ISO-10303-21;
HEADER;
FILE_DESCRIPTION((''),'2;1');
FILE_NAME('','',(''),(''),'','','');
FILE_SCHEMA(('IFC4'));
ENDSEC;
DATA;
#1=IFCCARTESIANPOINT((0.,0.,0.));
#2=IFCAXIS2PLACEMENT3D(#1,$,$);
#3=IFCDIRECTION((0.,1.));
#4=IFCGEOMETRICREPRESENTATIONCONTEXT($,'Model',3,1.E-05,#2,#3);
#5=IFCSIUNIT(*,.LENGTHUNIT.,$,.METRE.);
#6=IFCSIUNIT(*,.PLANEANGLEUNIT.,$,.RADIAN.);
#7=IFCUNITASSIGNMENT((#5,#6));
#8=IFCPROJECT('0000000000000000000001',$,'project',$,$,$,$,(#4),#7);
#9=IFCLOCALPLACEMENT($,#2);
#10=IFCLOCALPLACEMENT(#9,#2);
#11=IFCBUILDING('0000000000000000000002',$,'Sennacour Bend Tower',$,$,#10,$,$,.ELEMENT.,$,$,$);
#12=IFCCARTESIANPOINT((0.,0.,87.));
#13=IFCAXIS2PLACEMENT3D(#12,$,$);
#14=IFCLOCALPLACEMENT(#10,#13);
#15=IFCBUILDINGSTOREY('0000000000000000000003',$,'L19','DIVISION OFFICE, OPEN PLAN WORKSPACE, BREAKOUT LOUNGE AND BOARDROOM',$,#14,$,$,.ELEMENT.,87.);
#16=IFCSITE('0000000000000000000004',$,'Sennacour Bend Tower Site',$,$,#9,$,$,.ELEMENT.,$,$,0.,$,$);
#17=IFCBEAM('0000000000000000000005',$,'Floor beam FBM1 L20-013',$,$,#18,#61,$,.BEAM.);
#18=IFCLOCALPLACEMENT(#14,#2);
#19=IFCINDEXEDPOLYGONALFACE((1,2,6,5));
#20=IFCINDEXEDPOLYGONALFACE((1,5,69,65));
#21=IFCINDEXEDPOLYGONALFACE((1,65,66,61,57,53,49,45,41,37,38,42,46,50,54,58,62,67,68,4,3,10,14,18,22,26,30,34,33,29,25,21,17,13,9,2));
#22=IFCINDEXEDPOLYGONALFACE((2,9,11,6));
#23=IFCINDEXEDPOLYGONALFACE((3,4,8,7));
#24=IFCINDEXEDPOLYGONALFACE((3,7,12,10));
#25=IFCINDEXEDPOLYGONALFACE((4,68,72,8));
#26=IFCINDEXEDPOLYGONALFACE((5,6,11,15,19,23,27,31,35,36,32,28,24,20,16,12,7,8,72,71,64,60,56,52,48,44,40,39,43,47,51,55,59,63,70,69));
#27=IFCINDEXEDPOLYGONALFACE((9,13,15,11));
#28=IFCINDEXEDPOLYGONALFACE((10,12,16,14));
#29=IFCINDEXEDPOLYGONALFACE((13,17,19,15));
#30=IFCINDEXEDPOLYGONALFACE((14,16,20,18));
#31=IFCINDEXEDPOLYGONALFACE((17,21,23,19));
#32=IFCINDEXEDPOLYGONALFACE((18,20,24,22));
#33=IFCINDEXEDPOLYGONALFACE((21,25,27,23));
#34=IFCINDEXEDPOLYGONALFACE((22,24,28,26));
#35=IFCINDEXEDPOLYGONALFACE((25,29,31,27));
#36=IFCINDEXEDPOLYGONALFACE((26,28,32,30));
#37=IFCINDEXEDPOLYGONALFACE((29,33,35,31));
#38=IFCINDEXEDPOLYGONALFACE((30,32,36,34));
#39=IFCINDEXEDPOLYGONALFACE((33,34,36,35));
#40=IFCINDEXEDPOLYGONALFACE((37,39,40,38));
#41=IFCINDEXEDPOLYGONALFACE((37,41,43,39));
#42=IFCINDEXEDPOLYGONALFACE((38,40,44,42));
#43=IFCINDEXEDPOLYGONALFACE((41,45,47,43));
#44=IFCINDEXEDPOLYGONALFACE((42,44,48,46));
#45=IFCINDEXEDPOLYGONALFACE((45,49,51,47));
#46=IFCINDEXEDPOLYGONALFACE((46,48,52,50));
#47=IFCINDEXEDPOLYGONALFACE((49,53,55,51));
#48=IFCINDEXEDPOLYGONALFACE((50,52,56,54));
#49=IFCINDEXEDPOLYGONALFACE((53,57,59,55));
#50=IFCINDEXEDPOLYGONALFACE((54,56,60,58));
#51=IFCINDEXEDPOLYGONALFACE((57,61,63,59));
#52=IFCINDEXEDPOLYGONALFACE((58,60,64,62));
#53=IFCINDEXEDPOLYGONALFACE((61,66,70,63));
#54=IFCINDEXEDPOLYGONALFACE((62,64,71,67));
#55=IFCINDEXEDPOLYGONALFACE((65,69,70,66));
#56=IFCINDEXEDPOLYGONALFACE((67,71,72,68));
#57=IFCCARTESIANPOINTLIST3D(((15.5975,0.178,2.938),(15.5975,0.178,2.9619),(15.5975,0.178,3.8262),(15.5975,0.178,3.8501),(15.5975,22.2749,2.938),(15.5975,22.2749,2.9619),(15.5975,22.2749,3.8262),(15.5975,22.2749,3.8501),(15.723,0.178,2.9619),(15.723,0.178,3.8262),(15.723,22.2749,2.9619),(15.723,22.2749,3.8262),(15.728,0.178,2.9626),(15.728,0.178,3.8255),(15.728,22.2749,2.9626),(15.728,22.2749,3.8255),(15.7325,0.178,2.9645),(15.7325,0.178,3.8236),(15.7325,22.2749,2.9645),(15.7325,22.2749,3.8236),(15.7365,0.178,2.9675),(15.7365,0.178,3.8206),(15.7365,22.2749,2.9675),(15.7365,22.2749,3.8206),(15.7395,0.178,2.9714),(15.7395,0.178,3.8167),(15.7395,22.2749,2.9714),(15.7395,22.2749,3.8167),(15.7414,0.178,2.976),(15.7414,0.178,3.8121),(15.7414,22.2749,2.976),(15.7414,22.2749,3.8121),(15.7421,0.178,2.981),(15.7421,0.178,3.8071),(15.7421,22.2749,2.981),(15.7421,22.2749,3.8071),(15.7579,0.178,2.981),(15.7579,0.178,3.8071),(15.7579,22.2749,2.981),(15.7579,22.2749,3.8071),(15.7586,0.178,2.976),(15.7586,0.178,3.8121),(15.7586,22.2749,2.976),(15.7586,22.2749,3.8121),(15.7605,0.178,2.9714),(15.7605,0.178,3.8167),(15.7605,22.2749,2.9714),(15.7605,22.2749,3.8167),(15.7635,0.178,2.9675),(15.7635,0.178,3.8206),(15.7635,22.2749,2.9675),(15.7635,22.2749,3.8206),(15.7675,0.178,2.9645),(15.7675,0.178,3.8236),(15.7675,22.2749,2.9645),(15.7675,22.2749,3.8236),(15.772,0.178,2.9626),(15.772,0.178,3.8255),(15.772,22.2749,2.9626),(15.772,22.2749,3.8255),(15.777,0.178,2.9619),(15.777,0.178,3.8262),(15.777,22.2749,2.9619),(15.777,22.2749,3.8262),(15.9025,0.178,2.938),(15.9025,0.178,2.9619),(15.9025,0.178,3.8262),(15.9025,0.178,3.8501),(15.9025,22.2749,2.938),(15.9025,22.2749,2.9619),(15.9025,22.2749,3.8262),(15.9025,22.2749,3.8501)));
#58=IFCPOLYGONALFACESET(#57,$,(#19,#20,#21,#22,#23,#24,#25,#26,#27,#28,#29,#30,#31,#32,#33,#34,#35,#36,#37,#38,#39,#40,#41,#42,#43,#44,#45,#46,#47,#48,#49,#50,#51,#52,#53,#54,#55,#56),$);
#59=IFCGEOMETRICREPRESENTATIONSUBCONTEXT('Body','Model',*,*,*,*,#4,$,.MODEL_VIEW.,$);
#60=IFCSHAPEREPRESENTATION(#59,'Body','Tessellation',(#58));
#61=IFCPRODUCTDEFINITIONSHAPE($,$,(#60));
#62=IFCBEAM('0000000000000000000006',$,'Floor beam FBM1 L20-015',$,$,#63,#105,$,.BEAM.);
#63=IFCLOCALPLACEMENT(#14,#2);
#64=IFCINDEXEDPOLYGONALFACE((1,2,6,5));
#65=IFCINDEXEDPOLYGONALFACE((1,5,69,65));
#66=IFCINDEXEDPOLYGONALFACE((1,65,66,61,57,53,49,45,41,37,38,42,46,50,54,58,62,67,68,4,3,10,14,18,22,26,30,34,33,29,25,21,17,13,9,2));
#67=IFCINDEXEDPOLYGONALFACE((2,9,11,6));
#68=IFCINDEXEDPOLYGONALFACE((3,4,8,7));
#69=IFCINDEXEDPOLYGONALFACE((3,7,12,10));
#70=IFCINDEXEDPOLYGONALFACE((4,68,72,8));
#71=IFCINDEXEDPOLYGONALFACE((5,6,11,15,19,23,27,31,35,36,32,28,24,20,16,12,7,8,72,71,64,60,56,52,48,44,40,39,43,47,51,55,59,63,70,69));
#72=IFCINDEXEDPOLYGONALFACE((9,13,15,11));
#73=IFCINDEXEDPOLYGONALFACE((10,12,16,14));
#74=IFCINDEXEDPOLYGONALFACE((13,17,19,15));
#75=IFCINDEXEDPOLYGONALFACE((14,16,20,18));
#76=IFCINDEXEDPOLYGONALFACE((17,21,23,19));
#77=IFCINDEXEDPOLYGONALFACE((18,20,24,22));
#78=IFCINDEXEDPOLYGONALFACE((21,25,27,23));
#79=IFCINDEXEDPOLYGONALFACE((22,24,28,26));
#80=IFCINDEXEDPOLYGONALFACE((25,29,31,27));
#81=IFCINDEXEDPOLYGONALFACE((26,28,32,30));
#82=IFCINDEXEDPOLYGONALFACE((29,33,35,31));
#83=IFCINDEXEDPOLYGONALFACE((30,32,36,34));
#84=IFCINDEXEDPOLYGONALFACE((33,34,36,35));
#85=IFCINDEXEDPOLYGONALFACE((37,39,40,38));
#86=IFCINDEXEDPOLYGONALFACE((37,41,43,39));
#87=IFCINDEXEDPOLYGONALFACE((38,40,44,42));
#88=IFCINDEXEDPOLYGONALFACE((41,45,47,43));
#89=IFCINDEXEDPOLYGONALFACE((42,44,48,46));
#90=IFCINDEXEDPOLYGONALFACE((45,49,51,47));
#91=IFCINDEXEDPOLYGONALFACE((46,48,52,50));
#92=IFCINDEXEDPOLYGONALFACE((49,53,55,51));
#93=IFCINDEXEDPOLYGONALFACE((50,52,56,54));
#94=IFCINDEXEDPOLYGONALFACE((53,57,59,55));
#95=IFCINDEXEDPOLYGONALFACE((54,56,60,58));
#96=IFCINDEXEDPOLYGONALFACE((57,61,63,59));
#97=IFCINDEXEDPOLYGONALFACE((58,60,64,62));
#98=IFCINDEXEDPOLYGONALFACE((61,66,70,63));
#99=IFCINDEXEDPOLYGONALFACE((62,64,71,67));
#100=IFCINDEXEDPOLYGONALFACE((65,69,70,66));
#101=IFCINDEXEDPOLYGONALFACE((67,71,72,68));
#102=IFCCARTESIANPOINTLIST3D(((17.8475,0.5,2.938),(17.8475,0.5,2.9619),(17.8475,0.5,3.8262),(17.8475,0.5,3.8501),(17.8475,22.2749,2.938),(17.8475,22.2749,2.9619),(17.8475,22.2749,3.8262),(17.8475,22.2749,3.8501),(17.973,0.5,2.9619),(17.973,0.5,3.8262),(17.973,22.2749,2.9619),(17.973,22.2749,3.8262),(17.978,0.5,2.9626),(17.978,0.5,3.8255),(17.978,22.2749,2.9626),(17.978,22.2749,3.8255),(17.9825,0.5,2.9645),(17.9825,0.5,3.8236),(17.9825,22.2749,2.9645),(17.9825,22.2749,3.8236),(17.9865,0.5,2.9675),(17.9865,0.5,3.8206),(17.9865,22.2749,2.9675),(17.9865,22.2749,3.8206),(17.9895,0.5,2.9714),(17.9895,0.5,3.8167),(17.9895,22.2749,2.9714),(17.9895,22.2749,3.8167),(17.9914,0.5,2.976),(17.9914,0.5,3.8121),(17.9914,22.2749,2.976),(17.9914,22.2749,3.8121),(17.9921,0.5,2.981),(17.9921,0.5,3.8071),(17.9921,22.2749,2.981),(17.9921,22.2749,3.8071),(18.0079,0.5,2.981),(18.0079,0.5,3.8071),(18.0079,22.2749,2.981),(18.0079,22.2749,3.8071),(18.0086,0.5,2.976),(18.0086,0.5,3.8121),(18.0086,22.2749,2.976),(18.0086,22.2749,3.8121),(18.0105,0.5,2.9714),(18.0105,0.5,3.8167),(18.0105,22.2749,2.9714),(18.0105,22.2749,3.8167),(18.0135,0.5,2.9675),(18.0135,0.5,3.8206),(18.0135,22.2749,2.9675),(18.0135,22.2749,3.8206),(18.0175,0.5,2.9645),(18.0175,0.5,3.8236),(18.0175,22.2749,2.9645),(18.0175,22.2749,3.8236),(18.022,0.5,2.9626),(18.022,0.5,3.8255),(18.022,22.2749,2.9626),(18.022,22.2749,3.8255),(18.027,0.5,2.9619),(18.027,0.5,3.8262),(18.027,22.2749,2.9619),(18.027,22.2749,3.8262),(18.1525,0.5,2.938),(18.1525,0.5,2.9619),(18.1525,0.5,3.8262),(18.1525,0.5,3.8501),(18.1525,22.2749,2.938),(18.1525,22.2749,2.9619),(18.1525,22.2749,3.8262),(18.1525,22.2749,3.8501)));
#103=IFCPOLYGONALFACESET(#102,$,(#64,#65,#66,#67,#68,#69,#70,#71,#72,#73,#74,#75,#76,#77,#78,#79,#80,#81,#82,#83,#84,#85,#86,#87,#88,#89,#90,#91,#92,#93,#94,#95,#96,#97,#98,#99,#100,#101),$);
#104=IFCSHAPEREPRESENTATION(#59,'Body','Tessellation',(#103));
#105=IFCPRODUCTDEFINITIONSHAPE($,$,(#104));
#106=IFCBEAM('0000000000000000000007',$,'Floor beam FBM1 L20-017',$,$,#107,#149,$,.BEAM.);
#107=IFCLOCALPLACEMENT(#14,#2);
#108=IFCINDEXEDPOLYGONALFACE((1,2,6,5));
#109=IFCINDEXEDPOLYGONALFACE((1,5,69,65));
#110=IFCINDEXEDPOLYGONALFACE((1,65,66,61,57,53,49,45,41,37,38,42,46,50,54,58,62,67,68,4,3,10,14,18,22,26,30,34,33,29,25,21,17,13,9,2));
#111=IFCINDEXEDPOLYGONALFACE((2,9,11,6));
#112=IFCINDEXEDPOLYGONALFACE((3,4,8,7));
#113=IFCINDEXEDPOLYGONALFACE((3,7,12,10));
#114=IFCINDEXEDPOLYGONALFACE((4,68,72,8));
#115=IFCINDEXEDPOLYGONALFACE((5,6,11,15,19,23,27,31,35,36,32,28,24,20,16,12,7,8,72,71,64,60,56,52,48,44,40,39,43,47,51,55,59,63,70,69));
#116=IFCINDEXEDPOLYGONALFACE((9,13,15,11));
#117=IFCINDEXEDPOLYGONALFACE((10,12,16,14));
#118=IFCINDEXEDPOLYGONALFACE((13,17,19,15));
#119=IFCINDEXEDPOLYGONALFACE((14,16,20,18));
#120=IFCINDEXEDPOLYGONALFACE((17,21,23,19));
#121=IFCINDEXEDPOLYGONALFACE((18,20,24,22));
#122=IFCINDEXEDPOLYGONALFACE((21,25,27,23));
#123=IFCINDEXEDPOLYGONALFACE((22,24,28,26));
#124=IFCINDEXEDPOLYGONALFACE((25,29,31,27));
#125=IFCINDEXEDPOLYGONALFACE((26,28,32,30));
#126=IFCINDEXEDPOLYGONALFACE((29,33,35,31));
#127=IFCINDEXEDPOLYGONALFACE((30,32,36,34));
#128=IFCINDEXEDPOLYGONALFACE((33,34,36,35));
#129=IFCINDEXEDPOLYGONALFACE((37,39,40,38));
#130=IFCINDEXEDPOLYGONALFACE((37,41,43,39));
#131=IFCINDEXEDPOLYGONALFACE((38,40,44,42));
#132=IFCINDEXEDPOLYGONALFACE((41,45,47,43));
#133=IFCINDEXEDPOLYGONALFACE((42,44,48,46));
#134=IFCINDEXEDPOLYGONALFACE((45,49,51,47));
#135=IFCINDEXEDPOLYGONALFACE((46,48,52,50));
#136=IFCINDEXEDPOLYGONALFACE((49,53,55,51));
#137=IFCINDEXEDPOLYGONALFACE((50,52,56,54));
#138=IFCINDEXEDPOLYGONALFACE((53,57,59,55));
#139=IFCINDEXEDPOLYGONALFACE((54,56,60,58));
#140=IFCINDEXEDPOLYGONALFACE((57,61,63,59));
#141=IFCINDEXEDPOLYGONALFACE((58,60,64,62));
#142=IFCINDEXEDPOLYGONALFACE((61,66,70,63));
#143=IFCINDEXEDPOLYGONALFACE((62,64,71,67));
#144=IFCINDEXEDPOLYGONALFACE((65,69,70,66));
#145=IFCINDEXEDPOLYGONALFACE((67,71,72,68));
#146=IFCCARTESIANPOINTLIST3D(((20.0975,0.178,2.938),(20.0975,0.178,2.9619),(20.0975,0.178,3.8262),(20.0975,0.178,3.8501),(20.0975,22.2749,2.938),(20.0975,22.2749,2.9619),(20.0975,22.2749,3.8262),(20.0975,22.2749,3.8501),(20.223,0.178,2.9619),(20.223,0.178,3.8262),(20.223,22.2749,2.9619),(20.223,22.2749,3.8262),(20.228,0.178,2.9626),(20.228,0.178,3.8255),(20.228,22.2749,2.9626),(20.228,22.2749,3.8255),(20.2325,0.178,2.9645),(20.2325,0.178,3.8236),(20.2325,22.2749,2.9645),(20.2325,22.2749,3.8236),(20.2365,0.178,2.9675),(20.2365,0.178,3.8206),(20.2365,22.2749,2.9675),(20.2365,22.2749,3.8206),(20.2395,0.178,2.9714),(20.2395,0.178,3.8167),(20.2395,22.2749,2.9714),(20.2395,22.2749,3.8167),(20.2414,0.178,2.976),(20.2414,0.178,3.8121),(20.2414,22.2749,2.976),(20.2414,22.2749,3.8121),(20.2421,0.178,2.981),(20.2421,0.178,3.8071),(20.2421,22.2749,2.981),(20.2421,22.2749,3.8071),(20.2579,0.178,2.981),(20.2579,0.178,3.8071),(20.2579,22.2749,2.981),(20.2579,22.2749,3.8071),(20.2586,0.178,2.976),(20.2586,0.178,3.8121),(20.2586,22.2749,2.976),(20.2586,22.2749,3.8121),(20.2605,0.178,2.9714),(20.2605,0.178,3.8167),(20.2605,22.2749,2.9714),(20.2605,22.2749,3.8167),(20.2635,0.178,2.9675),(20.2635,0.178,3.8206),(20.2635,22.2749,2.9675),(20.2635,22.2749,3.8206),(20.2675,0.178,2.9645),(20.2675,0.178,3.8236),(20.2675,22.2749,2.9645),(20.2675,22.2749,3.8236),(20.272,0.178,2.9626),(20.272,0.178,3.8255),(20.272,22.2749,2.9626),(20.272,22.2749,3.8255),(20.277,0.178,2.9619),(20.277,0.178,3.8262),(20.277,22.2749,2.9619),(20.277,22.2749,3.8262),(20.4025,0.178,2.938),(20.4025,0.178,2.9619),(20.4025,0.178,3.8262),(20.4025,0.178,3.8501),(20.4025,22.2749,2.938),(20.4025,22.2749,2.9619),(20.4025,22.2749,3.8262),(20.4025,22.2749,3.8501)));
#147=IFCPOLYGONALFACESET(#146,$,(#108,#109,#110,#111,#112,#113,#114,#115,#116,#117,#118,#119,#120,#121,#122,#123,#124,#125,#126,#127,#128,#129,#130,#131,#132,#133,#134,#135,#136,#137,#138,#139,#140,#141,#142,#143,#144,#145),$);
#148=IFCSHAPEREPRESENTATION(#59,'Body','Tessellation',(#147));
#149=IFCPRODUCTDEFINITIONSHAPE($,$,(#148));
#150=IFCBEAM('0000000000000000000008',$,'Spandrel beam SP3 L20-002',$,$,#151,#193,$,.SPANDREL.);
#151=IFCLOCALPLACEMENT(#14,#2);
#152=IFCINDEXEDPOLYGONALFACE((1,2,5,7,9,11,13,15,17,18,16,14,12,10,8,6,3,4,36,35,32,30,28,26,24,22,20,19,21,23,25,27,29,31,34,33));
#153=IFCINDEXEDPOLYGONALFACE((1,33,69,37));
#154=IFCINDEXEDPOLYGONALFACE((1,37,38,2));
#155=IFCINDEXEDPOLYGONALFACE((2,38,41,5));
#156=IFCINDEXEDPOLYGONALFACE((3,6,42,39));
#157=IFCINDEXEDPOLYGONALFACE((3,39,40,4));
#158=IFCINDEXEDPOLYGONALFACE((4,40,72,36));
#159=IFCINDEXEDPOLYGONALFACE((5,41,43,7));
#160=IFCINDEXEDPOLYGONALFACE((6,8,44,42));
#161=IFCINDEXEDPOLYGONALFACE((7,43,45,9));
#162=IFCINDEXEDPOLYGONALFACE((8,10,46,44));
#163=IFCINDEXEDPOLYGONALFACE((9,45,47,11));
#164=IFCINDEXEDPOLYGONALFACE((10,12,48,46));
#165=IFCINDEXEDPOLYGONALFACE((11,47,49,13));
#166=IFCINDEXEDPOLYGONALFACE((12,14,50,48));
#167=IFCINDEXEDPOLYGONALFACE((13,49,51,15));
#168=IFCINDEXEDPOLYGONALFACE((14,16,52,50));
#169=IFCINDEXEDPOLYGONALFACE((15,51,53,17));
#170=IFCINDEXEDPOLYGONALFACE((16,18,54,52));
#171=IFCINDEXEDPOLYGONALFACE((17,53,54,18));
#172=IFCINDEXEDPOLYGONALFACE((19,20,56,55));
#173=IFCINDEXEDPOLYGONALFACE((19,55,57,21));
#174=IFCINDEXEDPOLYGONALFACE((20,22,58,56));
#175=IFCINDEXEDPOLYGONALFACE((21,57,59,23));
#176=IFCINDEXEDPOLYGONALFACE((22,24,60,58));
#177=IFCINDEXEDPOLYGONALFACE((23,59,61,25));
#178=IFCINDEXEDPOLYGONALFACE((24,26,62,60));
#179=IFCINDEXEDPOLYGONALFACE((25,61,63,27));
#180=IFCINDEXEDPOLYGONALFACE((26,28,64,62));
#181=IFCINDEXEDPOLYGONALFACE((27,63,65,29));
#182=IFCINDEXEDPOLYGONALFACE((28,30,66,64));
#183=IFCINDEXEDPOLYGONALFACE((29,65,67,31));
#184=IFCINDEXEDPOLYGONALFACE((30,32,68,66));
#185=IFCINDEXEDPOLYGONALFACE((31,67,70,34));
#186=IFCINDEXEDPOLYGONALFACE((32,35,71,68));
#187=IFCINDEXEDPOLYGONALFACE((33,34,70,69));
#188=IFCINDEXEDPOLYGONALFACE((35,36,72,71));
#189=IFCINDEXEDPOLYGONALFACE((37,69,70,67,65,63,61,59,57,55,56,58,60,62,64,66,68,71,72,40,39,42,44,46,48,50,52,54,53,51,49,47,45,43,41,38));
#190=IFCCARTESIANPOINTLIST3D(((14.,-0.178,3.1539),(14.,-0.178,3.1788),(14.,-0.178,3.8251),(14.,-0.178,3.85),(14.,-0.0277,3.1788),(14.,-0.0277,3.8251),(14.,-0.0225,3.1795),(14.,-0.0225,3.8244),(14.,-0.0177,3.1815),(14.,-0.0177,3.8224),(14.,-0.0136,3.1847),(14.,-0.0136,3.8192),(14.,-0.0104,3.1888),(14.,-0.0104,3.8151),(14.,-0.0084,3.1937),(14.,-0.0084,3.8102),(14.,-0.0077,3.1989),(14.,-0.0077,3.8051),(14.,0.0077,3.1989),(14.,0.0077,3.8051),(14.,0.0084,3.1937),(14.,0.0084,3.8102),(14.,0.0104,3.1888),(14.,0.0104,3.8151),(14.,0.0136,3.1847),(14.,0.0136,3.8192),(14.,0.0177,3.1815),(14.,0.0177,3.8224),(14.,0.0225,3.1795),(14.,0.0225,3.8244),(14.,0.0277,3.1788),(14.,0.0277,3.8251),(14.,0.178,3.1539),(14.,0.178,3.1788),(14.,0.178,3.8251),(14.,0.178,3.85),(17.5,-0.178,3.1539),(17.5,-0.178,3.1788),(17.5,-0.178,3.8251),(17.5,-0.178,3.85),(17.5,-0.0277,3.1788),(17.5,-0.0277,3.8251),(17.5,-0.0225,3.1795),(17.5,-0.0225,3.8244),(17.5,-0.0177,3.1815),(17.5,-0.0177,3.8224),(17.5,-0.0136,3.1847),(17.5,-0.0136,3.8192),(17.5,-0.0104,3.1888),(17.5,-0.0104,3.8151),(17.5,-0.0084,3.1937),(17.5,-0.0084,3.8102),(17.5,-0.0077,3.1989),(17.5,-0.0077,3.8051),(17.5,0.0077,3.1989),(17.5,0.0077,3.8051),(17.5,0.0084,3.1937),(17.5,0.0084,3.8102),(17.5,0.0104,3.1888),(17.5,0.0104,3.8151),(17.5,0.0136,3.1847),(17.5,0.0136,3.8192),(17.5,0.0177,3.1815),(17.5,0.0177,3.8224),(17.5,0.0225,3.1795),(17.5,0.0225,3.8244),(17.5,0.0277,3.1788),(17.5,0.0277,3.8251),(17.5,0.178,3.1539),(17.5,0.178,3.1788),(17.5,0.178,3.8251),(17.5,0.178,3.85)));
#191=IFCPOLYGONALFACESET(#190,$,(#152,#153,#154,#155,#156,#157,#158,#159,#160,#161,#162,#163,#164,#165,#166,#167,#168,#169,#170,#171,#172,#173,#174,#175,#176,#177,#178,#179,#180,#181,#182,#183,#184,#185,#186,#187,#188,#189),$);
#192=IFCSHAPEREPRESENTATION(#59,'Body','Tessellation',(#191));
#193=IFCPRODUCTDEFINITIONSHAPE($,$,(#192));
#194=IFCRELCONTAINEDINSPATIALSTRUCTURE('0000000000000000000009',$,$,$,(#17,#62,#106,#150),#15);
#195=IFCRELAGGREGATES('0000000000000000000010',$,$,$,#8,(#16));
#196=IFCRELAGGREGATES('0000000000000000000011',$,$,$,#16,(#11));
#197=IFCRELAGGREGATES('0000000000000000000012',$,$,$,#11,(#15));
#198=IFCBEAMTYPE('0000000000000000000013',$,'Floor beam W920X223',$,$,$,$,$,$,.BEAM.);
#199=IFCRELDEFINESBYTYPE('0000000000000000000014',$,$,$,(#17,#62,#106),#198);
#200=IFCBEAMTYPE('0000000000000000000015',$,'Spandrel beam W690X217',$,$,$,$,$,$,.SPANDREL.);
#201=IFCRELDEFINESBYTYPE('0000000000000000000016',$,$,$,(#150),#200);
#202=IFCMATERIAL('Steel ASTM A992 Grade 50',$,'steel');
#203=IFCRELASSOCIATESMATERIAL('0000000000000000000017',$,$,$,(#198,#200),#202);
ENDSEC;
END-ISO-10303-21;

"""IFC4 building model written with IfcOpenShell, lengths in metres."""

from ifc_helpers import new_model, si_unit, direction, frame, origin, origin_2d, place, context, subcontext, project, spatial, i_section, extrude, material, material_profile, profile_set, type_object, element, save


model = new_model("IFC4")

# Units and contexts
model_context = context("Model", 3, precision=1e-05, world=origin(), true_north=direction((0.0, 1.0)))
body_context = subcontext(model_context, "Body", "Model", "MODEL_VIEW")
ifc_project = project(units=[si_unit("LENGTHUNIT", "METRE"), si_unit("PLANEANGLEUNIT", "RADIAN")], contexts=[model_context])

# Site, building, storey
site_placement = place(None, origin())
site = spatial("IfcSite", under=ifc_project, at=site_placement, Name="Sennacour Bend Tower Site", CompositionType="ELEMENT", RefElevation=0.0)
building_placement = place(site_placement, origin())
building = spatial("IfcBuilding", under=site, at=building_placement, Name="Sennacour Bend Tower", CompositionType="ELEMENT")
storey_placement = place(building_placement, frame((0.0, 0.0, 87.0)))
storey = spatial("IfcBuildingStorey", under=building, at=storey_placement, Name="L19", Description="DIVISION OFFICE, OPEN PLAN WORKSPACE, BREAKOUT LOUNGE AND BOARDROOM", CompositionType="ELEMENT", Elevation=87.0)

# Beams
ifc_material_1 = material(Name="Steel ASTM A992 Grade 50", Category="steel")
ifc_material_profile_1 = material_profile(ifc_material_1, i_section(OverallWidth=0.3049, OverallDepth=0.9121, WebThickness=0.0159, FlangeThickness=0.0239, FilletRadius=0.019, at=origin_2d()), Name="Steel ASTM A992 Grade 50", Category="steel")
ifc_profile_set_1 = profile_set([ifc_material_profile_1], Name="Steel ASTM A992 Grade 50")
beam_type_1 = type_object("IfcBeamType", Name="Floor beam W920X223", PredefinedType="BEAM", material=ifc_profile_set_1)
beam_1_placement = place(storey_placement, frame((15.75, 0.178, 3.394), z_axis=(0.0, 1.0, 0.0), x_axis=(-1.0, 0.0, 0.0)))
element("IfcBeam", 1, at=beam_1_placement, inside=storey, type_object=beam_type_1, Name="Floor beam FBM1 L20-013", PredefinedType="BEAM", context=body_context, shape_type="SweptSolid", body=[
    extrude(i_section(OverallWidth=0.3049, OverallDepth=0.9121, WebThickness=0.0159, FlangeThickness=0.0239, FilletRadius=0.019, at=origin_2d()), origin(), (0.0, 0.0, 1.0), 22.0969),
])
beam_2_placement = place(storey_placement, frame((18.0, 0.5, 3.394), z_axis=(0.0, 1.0, 0.0), x_axis=(-1.0, 0.0, 0.0)))
element("IfcBeam", 2, at=beam_2_placement, inside=storey, type_object=beam_type_1, Name="Floor beam FBM1 L20-015", PredefinedType="BEAM", context=body_context, shape_type="SweptSolid", body=[
    extrude(i_section(OverallWidth=0.3049, OverallDepth=0.9121, WebThickness=0.0159, FlangeThickness=0.0239, FilletRadius=0.019, at=origin_2d()), origin(), (0.0, 0.0, 1.0), 21.7749),
])
beam_3_placement = place(storey_placement, frame((20.25, 0.178, 3.394), z_axis=(0.0, 1.0, 0.0), x_axis=(-1.0, 0.0, 0.0)))
element("IfcBeam", 3, at=beam_3_placement, inside=storey, type_object=beam_type_1, Name="Floor beam FBM1 L20-017", PredefinedType="BEAM", context=body_context, shape_type="SweptSolid", body=[
    extrude(i_section(OverallWidth=0.3049, OverallDepth=0.9121, WebThickness=0.0159, FlangeThickness=0.0239, FilletRadius=0.019, at=origin_2d()), origin(), (0.0, 0.0, 1.0), 22.0969),
])
ifc_material_profile_2 = material_profile(ifc_material_1, i_section(OverallWidth=0.356, OverallDepth=0.696, WebThickness=0.0154, FlangeThickness=0.0249, FilletRadius=0.02, at=origin_2d()), Name="Steel ASTM A992 Grade 50", Category="steel")
ifc_profile_set_2 = profile_set([ifc_material_profile_2], Name="Steel ASTM A992 Grade 50")
beam_type_2 = type_object("IfcBeamType", Name="Spandrel beam W690X217", PredefinedType="SPANDREL", material=ifc_profile_set_2)
for number, where, z_axis, x_axis, name in (
    (4, (17.5, 0.0, 3.502), (-1.0, 0.0, 0.0), (0.0, -1.0, 0.0), "Spandrel beam SP3 L20-002"),
):
    element("IfcBeam", number, at=place(storey_placement, frame(where, z_axis=z_axis, x_axis=x_axis)), inside=storey, type_object=beam_type_2, Name=name, PredefinedType="SPANDREL", context=body_context, shape_type="SweptSolid", body=[
        extrude(i_section(OverallWidth=0.356, OverallDepth=0.696, WebThickness=0.0154, FlangeThickness=0.0249, FilletRadius=0.02, at=origin_2d()), origin(), (0.0, 0.0, 1.0), 3.5),
    ])

save(model, "model.ifc")
